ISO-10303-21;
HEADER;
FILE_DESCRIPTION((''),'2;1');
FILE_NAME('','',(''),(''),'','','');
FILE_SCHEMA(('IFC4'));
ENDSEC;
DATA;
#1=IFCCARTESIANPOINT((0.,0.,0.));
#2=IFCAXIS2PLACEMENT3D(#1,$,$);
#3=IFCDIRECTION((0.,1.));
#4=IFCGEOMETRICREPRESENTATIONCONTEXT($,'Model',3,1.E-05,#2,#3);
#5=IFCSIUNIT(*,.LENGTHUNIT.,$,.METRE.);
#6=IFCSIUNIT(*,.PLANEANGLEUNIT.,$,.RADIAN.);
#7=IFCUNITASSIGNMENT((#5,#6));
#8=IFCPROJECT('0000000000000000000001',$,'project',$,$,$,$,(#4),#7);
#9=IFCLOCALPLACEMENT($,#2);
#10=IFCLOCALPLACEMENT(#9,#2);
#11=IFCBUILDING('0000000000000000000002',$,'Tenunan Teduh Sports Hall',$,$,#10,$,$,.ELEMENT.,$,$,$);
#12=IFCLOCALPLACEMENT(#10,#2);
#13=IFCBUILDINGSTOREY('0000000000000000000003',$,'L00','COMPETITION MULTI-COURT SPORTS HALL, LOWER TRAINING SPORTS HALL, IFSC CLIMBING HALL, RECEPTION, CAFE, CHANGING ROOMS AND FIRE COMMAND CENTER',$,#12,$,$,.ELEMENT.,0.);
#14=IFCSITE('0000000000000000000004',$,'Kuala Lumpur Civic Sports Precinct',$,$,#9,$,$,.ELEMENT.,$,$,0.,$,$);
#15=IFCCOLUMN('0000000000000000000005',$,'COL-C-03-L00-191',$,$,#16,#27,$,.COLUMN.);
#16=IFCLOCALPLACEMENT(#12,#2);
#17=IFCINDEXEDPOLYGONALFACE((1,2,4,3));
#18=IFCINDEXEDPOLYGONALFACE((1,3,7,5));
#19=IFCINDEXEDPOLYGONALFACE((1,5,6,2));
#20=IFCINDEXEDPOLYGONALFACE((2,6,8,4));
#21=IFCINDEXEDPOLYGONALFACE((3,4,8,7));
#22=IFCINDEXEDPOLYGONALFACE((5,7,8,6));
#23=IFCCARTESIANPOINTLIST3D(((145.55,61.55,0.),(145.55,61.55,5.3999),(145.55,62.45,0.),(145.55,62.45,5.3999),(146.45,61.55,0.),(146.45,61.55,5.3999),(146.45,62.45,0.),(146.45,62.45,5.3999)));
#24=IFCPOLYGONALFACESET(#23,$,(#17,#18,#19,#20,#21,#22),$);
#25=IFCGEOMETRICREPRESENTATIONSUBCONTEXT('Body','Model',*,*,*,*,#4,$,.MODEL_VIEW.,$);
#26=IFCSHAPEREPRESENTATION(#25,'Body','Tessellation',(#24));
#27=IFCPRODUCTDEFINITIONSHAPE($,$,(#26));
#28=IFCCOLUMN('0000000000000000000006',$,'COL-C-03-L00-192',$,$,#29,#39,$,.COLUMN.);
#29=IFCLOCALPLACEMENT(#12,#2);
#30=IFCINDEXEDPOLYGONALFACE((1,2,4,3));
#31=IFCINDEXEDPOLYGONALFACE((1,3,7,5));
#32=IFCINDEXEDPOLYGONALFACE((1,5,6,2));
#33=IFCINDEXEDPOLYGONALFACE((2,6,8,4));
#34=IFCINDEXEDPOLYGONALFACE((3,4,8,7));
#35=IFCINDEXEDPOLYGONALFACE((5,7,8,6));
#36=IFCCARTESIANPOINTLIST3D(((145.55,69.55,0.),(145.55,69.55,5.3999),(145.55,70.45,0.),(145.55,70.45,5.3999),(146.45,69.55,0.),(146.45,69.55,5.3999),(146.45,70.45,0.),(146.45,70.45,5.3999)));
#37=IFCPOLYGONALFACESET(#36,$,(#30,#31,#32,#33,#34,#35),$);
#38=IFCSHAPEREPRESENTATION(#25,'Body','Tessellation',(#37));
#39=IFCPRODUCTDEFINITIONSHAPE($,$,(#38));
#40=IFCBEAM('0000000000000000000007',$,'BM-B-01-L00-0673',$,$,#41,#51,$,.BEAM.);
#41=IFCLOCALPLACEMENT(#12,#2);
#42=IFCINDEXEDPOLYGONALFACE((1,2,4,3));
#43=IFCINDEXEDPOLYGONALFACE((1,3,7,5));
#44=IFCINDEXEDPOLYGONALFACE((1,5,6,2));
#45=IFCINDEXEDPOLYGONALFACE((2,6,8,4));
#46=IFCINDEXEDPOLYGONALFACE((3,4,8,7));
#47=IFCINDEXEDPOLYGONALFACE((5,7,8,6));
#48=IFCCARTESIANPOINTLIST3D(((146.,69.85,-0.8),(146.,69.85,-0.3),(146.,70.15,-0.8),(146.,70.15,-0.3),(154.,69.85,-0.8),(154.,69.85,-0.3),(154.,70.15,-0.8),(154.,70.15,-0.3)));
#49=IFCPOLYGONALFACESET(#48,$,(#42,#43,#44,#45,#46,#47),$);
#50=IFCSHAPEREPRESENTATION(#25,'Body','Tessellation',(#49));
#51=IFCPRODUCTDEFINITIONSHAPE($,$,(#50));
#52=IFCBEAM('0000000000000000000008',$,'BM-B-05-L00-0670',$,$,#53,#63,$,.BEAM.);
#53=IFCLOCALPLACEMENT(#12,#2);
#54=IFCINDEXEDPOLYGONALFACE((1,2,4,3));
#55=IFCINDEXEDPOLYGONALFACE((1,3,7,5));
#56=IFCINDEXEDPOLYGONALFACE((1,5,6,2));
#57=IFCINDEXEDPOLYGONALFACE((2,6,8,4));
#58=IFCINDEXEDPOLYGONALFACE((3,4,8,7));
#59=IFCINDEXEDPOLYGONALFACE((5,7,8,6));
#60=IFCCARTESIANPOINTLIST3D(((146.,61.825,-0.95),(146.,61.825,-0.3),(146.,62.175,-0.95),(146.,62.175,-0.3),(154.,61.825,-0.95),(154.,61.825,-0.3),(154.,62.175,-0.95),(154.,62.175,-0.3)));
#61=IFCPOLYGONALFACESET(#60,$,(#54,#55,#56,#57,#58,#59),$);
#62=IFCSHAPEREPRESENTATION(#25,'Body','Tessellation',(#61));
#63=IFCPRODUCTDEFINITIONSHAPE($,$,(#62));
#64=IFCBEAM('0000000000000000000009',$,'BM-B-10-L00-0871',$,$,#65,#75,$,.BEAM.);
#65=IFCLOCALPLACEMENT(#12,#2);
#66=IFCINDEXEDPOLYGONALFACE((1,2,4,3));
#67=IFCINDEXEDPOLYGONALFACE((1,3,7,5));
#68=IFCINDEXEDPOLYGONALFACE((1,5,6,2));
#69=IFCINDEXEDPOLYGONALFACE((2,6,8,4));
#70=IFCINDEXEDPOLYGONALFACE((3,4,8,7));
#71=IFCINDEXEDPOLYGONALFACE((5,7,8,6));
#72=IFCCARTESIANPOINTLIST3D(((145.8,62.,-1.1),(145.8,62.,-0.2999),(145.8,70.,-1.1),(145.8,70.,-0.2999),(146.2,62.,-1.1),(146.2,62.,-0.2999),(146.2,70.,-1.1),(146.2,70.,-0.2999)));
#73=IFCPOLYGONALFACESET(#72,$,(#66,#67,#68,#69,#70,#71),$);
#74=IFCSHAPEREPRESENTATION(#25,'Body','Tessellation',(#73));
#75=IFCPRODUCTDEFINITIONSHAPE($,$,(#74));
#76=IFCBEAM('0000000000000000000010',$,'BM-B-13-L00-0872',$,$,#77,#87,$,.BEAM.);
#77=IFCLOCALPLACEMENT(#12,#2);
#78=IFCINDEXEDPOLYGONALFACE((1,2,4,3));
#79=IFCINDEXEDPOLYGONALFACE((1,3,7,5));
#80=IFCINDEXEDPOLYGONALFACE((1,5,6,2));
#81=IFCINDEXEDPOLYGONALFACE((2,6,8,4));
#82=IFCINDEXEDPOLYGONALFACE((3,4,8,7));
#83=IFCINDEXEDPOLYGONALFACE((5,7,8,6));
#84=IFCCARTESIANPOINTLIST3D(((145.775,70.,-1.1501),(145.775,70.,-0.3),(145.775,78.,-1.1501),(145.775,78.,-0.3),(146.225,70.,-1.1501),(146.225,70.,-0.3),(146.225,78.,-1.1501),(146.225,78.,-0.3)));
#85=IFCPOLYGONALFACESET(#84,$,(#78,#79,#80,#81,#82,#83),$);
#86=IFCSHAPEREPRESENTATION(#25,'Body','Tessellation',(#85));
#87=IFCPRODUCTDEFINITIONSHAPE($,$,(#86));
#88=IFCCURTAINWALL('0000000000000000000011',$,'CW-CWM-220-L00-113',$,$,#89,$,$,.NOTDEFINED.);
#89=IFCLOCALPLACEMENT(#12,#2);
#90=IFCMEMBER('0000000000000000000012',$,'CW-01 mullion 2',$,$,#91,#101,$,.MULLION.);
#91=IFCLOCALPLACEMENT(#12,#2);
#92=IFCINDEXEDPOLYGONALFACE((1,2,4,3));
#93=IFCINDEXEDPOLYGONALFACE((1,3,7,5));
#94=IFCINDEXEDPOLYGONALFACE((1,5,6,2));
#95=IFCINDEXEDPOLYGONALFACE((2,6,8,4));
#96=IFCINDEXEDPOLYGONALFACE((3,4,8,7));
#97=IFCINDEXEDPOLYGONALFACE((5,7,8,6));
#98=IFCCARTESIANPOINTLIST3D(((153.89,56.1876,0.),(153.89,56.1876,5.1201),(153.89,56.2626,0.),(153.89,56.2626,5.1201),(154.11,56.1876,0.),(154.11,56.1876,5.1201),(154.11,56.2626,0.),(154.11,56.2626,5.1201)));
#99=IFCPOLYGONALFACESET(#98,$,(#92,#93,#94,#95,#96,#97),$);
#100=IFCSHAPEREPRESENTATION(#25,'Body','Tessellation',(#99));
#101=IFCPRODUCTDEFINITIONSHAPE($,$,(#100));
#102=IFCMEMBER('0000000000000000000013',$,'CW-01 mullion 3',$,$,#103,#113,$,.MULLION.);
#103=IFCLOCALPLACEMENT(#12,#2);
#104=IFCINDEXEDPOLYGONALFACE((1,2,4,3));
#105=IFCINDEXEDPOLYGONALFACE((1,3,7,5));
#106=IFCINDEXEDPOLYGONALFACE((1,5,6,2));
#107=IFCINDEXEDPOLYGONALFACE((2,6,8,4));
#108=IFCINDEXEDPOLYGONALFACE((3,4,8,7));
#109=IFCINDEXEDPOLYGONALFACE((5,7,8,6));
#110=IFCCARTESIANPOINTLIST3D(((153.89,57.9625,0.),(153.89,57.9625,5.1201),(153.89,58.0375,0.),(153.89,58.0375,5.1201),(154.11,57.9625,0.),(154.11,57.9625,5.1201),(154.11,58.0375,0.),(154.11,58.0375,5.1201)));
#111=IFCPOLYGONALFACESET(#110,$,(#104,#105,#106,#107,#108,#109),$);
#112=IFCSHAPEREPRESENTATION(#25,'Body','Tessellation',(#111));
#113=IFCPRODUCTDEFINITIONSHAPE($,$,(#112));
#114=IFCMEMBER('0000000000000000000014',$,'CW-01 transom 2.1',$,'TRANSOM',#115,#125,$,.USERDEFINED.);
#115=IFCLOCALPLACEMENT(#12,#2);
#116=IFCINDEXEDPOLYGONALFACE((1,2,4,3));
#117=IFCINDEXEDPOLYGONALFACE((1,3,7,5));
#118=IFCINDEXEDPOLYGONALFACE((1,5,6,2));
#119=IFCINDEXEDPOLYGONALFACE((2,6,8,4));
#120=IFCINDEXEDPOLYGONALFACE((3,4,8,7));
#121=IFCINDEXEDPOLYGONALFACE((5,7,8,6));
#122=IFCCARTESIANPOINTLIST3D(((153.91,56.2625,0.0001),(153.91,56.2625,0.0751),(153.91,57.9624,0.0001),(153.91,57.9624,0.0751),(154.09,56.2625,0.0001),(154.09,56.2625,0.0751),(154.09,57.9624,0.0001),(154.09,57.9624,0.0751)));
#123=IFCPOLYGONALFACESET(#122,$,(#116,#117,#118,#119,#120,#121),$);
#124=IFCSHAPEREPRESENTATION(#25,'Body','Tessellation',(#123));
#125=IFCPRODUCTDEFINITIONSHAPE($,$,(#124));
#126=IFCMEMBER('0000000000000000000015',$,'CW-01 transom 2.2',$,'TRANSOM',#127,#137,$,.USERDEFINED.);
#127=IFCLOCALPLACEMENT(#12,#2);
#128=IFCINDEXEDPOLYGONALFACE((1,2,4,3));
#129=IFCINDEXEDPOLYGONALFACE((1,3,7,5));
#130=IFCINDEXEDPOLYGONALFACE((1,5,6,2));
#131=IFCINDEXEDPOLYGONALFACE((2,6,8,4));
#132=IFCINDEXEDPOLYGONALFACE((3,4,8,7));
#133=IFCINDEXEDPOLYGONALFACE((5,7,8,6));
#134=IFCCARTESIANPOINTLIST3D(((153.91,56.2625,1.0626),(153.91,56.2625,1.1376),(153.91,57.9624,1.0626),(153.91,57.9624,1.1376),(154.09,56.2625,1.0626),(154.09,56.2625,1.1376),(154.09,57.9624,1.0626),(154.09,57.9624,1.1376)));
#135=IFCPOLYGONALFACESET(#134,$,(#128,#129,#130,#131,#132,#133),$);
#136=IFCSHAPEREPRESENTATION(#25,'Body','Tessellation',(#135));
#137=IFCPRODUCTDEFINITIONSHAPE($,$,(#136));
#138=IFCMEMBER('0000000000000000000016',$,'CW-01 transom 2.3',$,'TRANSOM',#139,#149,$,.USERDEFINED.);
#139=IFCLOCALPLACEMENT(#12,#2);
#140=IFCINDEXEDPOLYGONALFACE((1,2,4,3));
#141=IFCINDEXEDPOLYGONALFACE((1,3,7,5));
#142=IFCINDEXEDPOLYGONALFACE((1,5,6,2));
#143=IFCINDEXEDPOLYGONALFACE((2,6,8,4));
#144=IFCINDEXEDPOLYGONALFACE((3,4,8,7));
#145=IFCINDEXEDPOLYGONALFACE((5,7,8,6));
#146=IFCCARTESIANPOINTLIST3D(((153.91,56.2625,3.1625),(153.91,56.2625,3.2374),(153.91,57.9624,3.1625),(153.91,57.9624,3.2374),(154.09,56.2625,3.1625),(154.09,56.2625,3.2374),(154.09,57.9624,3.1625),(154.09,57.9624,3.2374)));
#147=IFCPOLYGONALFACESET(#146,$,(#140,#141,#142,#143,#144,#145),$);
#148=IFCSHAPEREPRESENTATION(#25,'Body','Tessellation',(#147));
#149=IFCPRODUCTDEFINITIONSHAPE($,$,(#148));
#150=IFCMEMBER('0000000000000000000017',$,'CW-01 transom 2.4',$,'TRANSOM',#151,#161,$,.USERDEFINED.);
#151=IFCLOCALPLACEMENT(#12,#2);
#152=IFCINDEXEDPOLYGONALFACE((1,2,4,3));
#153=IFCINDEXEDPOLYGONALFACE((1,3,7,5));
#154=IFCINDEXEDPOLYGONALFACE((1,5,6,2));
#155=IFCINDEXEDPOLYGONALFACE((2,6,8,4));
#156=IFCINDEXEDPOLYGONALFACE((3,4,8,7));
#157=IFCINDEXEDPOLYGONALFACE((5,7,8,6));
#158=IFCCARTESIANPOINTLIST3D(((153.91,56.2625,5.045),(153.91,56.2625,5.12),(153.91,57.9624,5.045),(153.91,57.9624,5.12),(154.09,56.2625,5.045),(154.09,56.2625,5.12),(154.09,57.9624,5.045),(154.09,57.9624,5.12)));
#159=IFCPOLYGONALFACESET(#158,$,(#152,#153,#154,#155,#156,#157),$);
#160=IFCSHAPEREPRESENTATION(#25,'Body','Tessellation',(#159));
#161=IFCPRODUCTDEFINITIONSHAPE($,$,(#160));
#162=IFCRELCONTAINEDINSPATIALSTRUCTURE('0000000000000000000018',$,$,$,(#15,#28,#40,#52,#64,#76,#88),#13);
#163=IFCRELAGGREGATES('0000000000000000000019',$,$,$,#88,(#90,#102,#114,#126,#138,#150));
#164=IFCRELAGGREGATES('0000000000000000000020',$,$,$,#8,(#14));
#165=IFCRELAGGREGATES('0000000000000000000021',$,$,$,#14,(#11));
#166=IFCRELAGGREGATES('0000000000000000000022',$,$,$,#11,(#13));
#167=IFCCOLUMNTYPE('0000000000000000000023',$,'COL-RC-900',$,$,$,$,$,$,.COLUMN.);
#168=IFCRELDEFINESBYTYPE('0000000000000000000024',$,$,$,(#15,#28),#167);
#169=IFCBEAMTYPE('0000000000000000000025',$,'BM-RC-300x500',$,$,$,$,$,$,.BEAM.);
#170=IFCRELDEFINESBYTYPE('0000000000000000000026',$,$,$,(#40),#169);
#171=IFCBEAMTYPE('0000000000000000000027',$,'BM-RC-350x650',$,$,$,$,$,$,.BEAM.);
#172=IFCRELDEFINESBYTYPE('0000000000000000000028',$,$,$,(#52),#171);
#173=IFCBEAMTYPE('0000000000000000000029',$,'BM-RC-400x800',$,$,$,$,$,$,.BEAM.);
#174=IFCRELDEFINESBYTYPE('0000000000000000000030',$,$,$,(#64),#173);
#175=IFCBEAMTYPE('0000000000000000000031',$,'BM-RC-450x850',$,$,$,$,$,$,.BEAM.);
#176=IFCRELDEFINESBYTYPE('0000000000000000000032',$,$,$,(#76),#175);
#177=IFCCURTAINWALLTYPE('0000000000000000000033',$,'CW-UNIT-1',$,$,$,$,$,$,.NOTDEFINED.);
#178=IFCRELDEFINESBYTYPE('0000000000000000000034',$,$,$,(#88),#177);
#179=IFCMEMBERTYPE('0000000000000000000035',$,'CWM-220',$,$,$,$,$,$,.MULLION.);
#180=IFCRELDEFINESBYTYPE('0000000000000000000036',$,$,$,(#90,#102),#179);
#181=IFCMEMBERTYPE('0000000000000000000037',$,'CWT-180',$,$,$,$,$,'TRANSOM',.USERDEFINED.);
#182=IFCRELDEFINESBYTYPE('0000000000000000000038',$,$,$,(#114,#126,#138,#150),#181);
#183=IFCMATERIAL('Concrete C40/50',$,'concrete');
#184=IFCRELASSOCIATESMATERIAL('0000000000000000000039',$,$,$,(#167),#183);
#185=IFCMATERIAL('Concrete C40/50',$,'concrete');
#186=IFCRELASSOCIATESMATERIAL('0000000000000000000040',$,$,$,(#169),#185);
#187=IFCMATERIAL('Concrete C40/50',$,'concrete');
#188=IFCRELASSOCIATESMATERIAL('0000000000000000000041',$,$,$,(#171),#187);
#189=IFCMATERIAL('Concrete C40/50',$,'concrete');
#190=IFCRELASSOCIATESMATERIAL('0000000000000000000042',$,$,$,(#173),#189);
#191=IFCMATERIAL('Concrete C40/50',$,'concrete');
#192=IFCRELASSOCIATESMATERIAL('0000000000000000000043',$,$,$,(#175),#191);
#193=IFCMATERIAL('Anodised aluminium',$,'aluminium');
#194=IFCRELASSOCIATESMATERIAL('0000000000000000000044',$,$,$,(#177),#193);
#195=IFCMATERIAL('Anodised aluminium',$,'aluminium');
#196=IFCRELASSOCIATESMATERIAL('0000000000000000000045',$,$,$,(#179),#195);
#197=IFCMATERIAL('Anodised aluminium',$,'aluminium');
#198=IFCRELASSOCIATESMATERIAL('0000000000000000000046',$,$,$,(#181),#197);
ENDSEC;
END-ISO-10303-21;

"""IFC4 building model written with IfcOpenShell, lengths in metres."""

from ifc_helpers import new_model, si_unit, direction, frame, origin, origin_2d, place, context, subcontext, project, spatial, rectangle, extrude, material, material_profile, profile_set, type_object, element, aggregate, save


model = new_model("IFC4")

# Units and contexts
model_context = context("Model", 3, precision=1e-05, world=origin(), true_north=direction((0.0, 1.0)))
body_context = subcontext(model_context, "Body", "Model", "MODEL_VIEW")
ifc_project = project(units=[si_unit("LENGTHUNIT", "METRE"), si_unit("PLANEANGLEUNIT", "RADIAN")], contexts=[model_context])

# Site, building, storey
site_placement = place(None, origin())
site = spatial("IfcSite", under=ifc_project, at=site_placement, Name="Kuala Lumpur Civic Sports Precinct", CompositionType="ELEMENT", RefElevation=0.0)
building_placement = place(site_placement, origin())
building = spatial("IfcBuilding", under=site, at=building_placement, Name="Tenunan Teduh Sports Hall", CompositionType="ELEMENT")
storey_placement = place(building_placement, origin())
storey = spatial("IfcBuildingStorey", under=building, at=storey_placement, Name="L00", Description="COMPETITION MULTI-COURT SPORTS HALL, LOWER TRAINING SPORTS HALL, IFSC CLIMBING HALL, RECEPTION, CAFE, CHANGING ROOMS AND FIRE COMMAND CENTER", CompositionType="ELEMENT", Elevation=0.0)

# Columns
ifc_material_1 = material(Name="Concrete C40/50", Category="concrete")
ifc_material_profile_1 = material_profile(ifc_material_1, rectangle(XDim=0.8999, YDim=0.8999, at=origin_2d()), Name="RC 900x900")
ifc_profile_set_1 = profile_set([ifc_material_profile_1], Name="Concrete C40/50")
column_type = type_object("IfcColumnType", Name="COL-RC-900", PredefinedType="COLUMN", material=ifc_profile_set_1)
for number, where, z_axis, x_axis, name in (
    (1, (146.0, 62.0, 0.0), (0.0, 0.0, 1.0), (1.0, 0.0, 0.0), "COL-C-03-L00-191"),
    (2, (146.0, 70.0, 0.0), (0.0, 0.0, 1.0), (1.0, 0.0, 0.0), "COL-C-03-L00-192"),
):
    element("IfcColumn", number, at=place(storey_placement, frame(where, z_axis=z_axis, x_axis=x_axis)), inside=storey, type_object=column_type, Name=name, PredefinedType="COLUMN", context=body_context, shape_type="SweptSolid", body=[
        extrude(rectangle(XDim=0.8999, YDim=0.8999, at=origin_2d()), origin(), (0.0, 0.0, 1.0), 5.3999),
    ])

# Beams
ifc_material_2 = material(Name="Concrete C40/50", Category="concrete")
ifc_material_profile_2 = material_profile(ifc_material_2, rectangle(XDim=0.3, YDim=0.5, at=origin_2d()), Name="RCB 300x500")
ifc_profile_set_2 = profile_set([ifc_material_profile_2], Name="Concrete C40/50")
beam_type_1 = type_object("IfcBeamType", Name="BM-RC-300x500", PredefinedType="BEAM", material=ifc_profile_set_2)
beam_1_placement = place(storey_placement, frame((146.0, 70.0, -0.55), z_axis=(1.0, 0.0, 0.0), x_axis=(0.0, 1.0, 0.0)))
element("IfcBeam", 3, at=beam_1_placement, inside=storey, type_object=beam_type_1, Name="BM-B-01-L00-0673", PredefinedType="BEAM", context=body_context, shape_type="SweptSolid", body=[
    extrude(rectangle(XDim=0.3, YDim=0.5, at=origin_2d()), origin(), (0.0, 0.0, 1.0), 8.0),
])
ifc_material_3 = material(Name="Concrete C40/50", Category="concrete")
ifc_material_profile_3 = material_profile(ifc_material_3, rectangle(XDim=0.3501, YDim=0.6499, at=origin_2d()), Name="RCB 350x650")
ifc_profile_set_3 = profile_set([ifc_material_profile_3], Name="Concrete C40/50")
beam_type_2 = type_object("IfcBeamType", Name="BM-RC-350x650", PredefinedType="BEAM", material=ifc_profile_set_3)
beam_2_placement = place(storey_placement, frame((146.0, 62.0, -0.625), z_axis=(1.0, 0.0, 0.0), x_axis=(0.0, 1.0, 0.0)))
element("IfcBeam", 4, at=beam_2_placement, inside=storey, type_object=beam_type_2, Name="BM-B-05-L00-0670", PredefinedType="BEAM", context=body_context, shape_type="SweptSolid", body=[
    extrude(rectangle(XDim=0.3501, YDim=0.6499, at=origin_2d()), origin(), (0.0, 0.0, 1.0), 8.0),
])
ifc_material_4 = material(Name="Concrete C40/50", Category="concrete")
ifc_material_profile_4 = material_profile(ifc_material_4, rectangle(XDim=0.3999, YDim=0.8, at=origin_2d()), Name="RCB 400x800")
ifc_profile_set_4 = profile_set([ifc_material_profile_4], Name="Concrete C40/50")
beam_type_3 = type_object("IfcBeamType", Name="BM-RC-400x800", PredefinedType="BEAM", material=ifc_profile_set_4)
beam_3_placement = place(storey_placement, frame((146.0, 62.0, -0.7), z_axis=(0.0, 1.0, 0.0), x_axis=(-1.0, 0.0, 0.0)))
element("IfcBeam", 5, at=beam_3_placement, inside=storey, type_object=beam_type_3, Name="BM-B-10-L00-0871", PredefinedType="BEAM", context=body_context, shape_type="SweptSolid", body=[
    extrude(rectangle(XDim=0.3999, YDim=0.8, at=origin_2d()), origin(), (0.0, 0.0, 1.0), 8.0),
])
ifc_material_5 = material(Name="Concrete C40/50", Category="concrete")
ifc_material_profile_5 = material_profile(ifc_material_5, rectangle(XDim=0.45, YDim=0.8501, at=origin_2d()), Name="RCB 450x850")
ifc_profile_set_5 = profile_set([ifc_material_profile_5], Name="Concrete C40/50")
beam_type_4 = type_object("IfcBeamType", Name="BM-RC-450x850", PredefinedType="BEAM", material=ifc_profile_set_5)
beam_4_placement = place(storey_placement, frame((146.0, 70.0, -0.7251), z_axis=(0.0, 1.0, 0.0), x_axis=(-1.0, 0.0, 0.0)))
element("IfcBeam", 6, at=beam_4_placement, inside=storey, type_object=beam_type_4, Name="BM-B-13-L00-0872", PredefinedType="BEAM", context=body_context, shape_type="SweptSolid", body=[
    extrude(rectangle(XDim=0.45, YDim=0.8501, at=origin_2d()), origin(), (0.0, 0.0, 1.0), 8.0),
])

# Curtain wall, members
ifc_material_6 = material(Name="Anodised aluminium", Category="aluminium")
curtain_wall_type = type_object("IfcCurtainWallType", Name="CW-UNIT-1", PredefinedType="NOTDEFINED", material=ifc_material_6)
curtain_wall_placement = place(storey_placement, origin())
curtain_wall = element("IfcCurtainWall", 7, at=curtain_wall_placement, inside=storey, type_object=curtain_wall_type, Name="CW-CWM-220-L00-113", PredefinedType="NOTDEFINED")
ifc_material_7 = material(Name="Anodised aluminium", Category="aluminium")
ifc_material_profile_6 = material_profile(ifc_material_7, rectangle(XDim=0.075, YDim=0.22, at=origin_2d()), Name="CWM 75x220")
ifc_profile_set_6 = profile_set([ifc_material_profile_6], Name="Anodised aluminium")
member_type_1 = type_object("IfcMemberType", Name="CWM-220", PredefinedType="MULLION", material=ifc_profile_set_6)
member_1_placement = place(storey_placement, frame((154.0, 56.2251, 0.0), z_axis=(0.0, 0.0, 1.0), x_axis=(0.0, 1.0, 0.0)))
member_1 = element("IfcMember", 8, at=member_1_placement, type_object=member_type_1, Name="CW-01 mullion 2", PredefinedType="MULLION", context=body_context, shape_type="SweptSolid", body=[
    extrude(rectangle(XDim=0.075, YDim=0.22, at=origin_2d()), origin(), (0.0, 0.0, 1.0), 5.1201),
])
member_2_placement = place(storey_placement, frame((154.0, 58.0, 0.0), z_axis=(0.0, 0.0, 1.0), x_axis=(0.0, 1.0, 0.0)))
member_2 = element("IfcMember", 9, at=member_2_placement, type_object=member_type_1, Name="CW-01 mullion 3", PredefinedType="MULLION", context=body_context, shape_type="SweptSolid", body=[
    extrude(rectangle(XDim=0.075, YDim=0.22, at=origin_2d()), origin(), (0.0, 0.0, 1.0), 5.1201),
])
ifc_material_8 = material(Name="Anodised aluminium", Category="aluminium")
ifc_material_profile_7 = material_profile(ifc_material_8, rectangle(XDim=0.075, YDim=0.1799, at=origin_2d()), Name="CWT 75x180")
ifc_profile_set_7 = profile_set([ifc_material_profile_7], Name="Anodised aluminium")
member_type_2 = type_object("IfcMemberType", Name="CWT-180", ElementType="TRANSOM", PredefinedType="USERDEFINED", material=ifc_profile_set_7)
member_3_placement = place(storey_placement, frame((154.0, 56.2625, 0.0376), z_axis=(0.0, 1.0, 0.0), x_axis=(0.0, 0.0, 1.0)))
member_3 = element("IfcMember", 10, at=member_3_placement, type_object=member_type_2, Name="CW-01 transom 2.1", ObjectType="TRANSOM", PredefinedType="USERDEFINED", context=body_context, shape_type="SweptSolid", body=[
    extrude(rectangle(XDim=0.075, YDim=0.1799, at=origin_2d()), origin(), (0.0, 0.0, 1.0), 1.7),
])
member_4_placement = place(storey_placement, frame((154.0, 56.2625, 1.1001), z_axis=(0.0, 1.0, 0.0), x_axis=(0.0, 0.0, 1.0)))
member_4 = element("IfcMember", 11, at=member_4_placement, type_object=member_type_2, Name="CW-01 transom 2.2", ObjectType="TRANSOM", PredefinedType="USERDEFINED", context=body_context, shape_type="SweptSolid", body=[
    extrude(rectangle(XDim=0.075, YDim=0.1799, at=origin_2d()), origin(), (0.0, 0.0, 1.0), 1.7),
])
member_5_placement = place(storey_placement, frame((154.0, 56.2625, 3.2), z_axis=(0.0, 1.0, 0.0), x_axis=(0.0, 0.0, 1.0)))
member_5 = element("IfcMember", 12, at=member_5_placement, type_object=member_type_2, Name="CW-01 transom 2.3", ObjectType="TRANSOM", PredefinedType="USERDEFINED", context=body_context, shape_type="SweptSolid", body=[
    extrude(rectangle(XDim=0.075, YDim=0.1799, at=origin_2d()), origin(), (0.0, 0.0, 1.0), 1.7),
])
member_6_placement = place(storey_placement, frame((154.0, 56.2625, 5.0825), z_axis=(0.0, 1.0, 0.0), x_axis=(0.0, 0.0, 1.0)))
member_6 = element("IfcMember", 13, at=member_6_placement, type_object=member_type_2, Name="CW-01 transom 2.4", ObjectType="TRANSOM", PredefinedType="USERDEFINED", context=body_context, shape_type="SweptSolid", body=[
    extrude(rectangle(XDim=0.075, YDim=0.1799, at=origin_2d()), origin(), (0.0, 0.0, 1.0), 1.7),
])

aggregate(curtain_wall, [member_1, member_2, member_3, member_4, member_5, member_6])

save(model, "model.ifc")
